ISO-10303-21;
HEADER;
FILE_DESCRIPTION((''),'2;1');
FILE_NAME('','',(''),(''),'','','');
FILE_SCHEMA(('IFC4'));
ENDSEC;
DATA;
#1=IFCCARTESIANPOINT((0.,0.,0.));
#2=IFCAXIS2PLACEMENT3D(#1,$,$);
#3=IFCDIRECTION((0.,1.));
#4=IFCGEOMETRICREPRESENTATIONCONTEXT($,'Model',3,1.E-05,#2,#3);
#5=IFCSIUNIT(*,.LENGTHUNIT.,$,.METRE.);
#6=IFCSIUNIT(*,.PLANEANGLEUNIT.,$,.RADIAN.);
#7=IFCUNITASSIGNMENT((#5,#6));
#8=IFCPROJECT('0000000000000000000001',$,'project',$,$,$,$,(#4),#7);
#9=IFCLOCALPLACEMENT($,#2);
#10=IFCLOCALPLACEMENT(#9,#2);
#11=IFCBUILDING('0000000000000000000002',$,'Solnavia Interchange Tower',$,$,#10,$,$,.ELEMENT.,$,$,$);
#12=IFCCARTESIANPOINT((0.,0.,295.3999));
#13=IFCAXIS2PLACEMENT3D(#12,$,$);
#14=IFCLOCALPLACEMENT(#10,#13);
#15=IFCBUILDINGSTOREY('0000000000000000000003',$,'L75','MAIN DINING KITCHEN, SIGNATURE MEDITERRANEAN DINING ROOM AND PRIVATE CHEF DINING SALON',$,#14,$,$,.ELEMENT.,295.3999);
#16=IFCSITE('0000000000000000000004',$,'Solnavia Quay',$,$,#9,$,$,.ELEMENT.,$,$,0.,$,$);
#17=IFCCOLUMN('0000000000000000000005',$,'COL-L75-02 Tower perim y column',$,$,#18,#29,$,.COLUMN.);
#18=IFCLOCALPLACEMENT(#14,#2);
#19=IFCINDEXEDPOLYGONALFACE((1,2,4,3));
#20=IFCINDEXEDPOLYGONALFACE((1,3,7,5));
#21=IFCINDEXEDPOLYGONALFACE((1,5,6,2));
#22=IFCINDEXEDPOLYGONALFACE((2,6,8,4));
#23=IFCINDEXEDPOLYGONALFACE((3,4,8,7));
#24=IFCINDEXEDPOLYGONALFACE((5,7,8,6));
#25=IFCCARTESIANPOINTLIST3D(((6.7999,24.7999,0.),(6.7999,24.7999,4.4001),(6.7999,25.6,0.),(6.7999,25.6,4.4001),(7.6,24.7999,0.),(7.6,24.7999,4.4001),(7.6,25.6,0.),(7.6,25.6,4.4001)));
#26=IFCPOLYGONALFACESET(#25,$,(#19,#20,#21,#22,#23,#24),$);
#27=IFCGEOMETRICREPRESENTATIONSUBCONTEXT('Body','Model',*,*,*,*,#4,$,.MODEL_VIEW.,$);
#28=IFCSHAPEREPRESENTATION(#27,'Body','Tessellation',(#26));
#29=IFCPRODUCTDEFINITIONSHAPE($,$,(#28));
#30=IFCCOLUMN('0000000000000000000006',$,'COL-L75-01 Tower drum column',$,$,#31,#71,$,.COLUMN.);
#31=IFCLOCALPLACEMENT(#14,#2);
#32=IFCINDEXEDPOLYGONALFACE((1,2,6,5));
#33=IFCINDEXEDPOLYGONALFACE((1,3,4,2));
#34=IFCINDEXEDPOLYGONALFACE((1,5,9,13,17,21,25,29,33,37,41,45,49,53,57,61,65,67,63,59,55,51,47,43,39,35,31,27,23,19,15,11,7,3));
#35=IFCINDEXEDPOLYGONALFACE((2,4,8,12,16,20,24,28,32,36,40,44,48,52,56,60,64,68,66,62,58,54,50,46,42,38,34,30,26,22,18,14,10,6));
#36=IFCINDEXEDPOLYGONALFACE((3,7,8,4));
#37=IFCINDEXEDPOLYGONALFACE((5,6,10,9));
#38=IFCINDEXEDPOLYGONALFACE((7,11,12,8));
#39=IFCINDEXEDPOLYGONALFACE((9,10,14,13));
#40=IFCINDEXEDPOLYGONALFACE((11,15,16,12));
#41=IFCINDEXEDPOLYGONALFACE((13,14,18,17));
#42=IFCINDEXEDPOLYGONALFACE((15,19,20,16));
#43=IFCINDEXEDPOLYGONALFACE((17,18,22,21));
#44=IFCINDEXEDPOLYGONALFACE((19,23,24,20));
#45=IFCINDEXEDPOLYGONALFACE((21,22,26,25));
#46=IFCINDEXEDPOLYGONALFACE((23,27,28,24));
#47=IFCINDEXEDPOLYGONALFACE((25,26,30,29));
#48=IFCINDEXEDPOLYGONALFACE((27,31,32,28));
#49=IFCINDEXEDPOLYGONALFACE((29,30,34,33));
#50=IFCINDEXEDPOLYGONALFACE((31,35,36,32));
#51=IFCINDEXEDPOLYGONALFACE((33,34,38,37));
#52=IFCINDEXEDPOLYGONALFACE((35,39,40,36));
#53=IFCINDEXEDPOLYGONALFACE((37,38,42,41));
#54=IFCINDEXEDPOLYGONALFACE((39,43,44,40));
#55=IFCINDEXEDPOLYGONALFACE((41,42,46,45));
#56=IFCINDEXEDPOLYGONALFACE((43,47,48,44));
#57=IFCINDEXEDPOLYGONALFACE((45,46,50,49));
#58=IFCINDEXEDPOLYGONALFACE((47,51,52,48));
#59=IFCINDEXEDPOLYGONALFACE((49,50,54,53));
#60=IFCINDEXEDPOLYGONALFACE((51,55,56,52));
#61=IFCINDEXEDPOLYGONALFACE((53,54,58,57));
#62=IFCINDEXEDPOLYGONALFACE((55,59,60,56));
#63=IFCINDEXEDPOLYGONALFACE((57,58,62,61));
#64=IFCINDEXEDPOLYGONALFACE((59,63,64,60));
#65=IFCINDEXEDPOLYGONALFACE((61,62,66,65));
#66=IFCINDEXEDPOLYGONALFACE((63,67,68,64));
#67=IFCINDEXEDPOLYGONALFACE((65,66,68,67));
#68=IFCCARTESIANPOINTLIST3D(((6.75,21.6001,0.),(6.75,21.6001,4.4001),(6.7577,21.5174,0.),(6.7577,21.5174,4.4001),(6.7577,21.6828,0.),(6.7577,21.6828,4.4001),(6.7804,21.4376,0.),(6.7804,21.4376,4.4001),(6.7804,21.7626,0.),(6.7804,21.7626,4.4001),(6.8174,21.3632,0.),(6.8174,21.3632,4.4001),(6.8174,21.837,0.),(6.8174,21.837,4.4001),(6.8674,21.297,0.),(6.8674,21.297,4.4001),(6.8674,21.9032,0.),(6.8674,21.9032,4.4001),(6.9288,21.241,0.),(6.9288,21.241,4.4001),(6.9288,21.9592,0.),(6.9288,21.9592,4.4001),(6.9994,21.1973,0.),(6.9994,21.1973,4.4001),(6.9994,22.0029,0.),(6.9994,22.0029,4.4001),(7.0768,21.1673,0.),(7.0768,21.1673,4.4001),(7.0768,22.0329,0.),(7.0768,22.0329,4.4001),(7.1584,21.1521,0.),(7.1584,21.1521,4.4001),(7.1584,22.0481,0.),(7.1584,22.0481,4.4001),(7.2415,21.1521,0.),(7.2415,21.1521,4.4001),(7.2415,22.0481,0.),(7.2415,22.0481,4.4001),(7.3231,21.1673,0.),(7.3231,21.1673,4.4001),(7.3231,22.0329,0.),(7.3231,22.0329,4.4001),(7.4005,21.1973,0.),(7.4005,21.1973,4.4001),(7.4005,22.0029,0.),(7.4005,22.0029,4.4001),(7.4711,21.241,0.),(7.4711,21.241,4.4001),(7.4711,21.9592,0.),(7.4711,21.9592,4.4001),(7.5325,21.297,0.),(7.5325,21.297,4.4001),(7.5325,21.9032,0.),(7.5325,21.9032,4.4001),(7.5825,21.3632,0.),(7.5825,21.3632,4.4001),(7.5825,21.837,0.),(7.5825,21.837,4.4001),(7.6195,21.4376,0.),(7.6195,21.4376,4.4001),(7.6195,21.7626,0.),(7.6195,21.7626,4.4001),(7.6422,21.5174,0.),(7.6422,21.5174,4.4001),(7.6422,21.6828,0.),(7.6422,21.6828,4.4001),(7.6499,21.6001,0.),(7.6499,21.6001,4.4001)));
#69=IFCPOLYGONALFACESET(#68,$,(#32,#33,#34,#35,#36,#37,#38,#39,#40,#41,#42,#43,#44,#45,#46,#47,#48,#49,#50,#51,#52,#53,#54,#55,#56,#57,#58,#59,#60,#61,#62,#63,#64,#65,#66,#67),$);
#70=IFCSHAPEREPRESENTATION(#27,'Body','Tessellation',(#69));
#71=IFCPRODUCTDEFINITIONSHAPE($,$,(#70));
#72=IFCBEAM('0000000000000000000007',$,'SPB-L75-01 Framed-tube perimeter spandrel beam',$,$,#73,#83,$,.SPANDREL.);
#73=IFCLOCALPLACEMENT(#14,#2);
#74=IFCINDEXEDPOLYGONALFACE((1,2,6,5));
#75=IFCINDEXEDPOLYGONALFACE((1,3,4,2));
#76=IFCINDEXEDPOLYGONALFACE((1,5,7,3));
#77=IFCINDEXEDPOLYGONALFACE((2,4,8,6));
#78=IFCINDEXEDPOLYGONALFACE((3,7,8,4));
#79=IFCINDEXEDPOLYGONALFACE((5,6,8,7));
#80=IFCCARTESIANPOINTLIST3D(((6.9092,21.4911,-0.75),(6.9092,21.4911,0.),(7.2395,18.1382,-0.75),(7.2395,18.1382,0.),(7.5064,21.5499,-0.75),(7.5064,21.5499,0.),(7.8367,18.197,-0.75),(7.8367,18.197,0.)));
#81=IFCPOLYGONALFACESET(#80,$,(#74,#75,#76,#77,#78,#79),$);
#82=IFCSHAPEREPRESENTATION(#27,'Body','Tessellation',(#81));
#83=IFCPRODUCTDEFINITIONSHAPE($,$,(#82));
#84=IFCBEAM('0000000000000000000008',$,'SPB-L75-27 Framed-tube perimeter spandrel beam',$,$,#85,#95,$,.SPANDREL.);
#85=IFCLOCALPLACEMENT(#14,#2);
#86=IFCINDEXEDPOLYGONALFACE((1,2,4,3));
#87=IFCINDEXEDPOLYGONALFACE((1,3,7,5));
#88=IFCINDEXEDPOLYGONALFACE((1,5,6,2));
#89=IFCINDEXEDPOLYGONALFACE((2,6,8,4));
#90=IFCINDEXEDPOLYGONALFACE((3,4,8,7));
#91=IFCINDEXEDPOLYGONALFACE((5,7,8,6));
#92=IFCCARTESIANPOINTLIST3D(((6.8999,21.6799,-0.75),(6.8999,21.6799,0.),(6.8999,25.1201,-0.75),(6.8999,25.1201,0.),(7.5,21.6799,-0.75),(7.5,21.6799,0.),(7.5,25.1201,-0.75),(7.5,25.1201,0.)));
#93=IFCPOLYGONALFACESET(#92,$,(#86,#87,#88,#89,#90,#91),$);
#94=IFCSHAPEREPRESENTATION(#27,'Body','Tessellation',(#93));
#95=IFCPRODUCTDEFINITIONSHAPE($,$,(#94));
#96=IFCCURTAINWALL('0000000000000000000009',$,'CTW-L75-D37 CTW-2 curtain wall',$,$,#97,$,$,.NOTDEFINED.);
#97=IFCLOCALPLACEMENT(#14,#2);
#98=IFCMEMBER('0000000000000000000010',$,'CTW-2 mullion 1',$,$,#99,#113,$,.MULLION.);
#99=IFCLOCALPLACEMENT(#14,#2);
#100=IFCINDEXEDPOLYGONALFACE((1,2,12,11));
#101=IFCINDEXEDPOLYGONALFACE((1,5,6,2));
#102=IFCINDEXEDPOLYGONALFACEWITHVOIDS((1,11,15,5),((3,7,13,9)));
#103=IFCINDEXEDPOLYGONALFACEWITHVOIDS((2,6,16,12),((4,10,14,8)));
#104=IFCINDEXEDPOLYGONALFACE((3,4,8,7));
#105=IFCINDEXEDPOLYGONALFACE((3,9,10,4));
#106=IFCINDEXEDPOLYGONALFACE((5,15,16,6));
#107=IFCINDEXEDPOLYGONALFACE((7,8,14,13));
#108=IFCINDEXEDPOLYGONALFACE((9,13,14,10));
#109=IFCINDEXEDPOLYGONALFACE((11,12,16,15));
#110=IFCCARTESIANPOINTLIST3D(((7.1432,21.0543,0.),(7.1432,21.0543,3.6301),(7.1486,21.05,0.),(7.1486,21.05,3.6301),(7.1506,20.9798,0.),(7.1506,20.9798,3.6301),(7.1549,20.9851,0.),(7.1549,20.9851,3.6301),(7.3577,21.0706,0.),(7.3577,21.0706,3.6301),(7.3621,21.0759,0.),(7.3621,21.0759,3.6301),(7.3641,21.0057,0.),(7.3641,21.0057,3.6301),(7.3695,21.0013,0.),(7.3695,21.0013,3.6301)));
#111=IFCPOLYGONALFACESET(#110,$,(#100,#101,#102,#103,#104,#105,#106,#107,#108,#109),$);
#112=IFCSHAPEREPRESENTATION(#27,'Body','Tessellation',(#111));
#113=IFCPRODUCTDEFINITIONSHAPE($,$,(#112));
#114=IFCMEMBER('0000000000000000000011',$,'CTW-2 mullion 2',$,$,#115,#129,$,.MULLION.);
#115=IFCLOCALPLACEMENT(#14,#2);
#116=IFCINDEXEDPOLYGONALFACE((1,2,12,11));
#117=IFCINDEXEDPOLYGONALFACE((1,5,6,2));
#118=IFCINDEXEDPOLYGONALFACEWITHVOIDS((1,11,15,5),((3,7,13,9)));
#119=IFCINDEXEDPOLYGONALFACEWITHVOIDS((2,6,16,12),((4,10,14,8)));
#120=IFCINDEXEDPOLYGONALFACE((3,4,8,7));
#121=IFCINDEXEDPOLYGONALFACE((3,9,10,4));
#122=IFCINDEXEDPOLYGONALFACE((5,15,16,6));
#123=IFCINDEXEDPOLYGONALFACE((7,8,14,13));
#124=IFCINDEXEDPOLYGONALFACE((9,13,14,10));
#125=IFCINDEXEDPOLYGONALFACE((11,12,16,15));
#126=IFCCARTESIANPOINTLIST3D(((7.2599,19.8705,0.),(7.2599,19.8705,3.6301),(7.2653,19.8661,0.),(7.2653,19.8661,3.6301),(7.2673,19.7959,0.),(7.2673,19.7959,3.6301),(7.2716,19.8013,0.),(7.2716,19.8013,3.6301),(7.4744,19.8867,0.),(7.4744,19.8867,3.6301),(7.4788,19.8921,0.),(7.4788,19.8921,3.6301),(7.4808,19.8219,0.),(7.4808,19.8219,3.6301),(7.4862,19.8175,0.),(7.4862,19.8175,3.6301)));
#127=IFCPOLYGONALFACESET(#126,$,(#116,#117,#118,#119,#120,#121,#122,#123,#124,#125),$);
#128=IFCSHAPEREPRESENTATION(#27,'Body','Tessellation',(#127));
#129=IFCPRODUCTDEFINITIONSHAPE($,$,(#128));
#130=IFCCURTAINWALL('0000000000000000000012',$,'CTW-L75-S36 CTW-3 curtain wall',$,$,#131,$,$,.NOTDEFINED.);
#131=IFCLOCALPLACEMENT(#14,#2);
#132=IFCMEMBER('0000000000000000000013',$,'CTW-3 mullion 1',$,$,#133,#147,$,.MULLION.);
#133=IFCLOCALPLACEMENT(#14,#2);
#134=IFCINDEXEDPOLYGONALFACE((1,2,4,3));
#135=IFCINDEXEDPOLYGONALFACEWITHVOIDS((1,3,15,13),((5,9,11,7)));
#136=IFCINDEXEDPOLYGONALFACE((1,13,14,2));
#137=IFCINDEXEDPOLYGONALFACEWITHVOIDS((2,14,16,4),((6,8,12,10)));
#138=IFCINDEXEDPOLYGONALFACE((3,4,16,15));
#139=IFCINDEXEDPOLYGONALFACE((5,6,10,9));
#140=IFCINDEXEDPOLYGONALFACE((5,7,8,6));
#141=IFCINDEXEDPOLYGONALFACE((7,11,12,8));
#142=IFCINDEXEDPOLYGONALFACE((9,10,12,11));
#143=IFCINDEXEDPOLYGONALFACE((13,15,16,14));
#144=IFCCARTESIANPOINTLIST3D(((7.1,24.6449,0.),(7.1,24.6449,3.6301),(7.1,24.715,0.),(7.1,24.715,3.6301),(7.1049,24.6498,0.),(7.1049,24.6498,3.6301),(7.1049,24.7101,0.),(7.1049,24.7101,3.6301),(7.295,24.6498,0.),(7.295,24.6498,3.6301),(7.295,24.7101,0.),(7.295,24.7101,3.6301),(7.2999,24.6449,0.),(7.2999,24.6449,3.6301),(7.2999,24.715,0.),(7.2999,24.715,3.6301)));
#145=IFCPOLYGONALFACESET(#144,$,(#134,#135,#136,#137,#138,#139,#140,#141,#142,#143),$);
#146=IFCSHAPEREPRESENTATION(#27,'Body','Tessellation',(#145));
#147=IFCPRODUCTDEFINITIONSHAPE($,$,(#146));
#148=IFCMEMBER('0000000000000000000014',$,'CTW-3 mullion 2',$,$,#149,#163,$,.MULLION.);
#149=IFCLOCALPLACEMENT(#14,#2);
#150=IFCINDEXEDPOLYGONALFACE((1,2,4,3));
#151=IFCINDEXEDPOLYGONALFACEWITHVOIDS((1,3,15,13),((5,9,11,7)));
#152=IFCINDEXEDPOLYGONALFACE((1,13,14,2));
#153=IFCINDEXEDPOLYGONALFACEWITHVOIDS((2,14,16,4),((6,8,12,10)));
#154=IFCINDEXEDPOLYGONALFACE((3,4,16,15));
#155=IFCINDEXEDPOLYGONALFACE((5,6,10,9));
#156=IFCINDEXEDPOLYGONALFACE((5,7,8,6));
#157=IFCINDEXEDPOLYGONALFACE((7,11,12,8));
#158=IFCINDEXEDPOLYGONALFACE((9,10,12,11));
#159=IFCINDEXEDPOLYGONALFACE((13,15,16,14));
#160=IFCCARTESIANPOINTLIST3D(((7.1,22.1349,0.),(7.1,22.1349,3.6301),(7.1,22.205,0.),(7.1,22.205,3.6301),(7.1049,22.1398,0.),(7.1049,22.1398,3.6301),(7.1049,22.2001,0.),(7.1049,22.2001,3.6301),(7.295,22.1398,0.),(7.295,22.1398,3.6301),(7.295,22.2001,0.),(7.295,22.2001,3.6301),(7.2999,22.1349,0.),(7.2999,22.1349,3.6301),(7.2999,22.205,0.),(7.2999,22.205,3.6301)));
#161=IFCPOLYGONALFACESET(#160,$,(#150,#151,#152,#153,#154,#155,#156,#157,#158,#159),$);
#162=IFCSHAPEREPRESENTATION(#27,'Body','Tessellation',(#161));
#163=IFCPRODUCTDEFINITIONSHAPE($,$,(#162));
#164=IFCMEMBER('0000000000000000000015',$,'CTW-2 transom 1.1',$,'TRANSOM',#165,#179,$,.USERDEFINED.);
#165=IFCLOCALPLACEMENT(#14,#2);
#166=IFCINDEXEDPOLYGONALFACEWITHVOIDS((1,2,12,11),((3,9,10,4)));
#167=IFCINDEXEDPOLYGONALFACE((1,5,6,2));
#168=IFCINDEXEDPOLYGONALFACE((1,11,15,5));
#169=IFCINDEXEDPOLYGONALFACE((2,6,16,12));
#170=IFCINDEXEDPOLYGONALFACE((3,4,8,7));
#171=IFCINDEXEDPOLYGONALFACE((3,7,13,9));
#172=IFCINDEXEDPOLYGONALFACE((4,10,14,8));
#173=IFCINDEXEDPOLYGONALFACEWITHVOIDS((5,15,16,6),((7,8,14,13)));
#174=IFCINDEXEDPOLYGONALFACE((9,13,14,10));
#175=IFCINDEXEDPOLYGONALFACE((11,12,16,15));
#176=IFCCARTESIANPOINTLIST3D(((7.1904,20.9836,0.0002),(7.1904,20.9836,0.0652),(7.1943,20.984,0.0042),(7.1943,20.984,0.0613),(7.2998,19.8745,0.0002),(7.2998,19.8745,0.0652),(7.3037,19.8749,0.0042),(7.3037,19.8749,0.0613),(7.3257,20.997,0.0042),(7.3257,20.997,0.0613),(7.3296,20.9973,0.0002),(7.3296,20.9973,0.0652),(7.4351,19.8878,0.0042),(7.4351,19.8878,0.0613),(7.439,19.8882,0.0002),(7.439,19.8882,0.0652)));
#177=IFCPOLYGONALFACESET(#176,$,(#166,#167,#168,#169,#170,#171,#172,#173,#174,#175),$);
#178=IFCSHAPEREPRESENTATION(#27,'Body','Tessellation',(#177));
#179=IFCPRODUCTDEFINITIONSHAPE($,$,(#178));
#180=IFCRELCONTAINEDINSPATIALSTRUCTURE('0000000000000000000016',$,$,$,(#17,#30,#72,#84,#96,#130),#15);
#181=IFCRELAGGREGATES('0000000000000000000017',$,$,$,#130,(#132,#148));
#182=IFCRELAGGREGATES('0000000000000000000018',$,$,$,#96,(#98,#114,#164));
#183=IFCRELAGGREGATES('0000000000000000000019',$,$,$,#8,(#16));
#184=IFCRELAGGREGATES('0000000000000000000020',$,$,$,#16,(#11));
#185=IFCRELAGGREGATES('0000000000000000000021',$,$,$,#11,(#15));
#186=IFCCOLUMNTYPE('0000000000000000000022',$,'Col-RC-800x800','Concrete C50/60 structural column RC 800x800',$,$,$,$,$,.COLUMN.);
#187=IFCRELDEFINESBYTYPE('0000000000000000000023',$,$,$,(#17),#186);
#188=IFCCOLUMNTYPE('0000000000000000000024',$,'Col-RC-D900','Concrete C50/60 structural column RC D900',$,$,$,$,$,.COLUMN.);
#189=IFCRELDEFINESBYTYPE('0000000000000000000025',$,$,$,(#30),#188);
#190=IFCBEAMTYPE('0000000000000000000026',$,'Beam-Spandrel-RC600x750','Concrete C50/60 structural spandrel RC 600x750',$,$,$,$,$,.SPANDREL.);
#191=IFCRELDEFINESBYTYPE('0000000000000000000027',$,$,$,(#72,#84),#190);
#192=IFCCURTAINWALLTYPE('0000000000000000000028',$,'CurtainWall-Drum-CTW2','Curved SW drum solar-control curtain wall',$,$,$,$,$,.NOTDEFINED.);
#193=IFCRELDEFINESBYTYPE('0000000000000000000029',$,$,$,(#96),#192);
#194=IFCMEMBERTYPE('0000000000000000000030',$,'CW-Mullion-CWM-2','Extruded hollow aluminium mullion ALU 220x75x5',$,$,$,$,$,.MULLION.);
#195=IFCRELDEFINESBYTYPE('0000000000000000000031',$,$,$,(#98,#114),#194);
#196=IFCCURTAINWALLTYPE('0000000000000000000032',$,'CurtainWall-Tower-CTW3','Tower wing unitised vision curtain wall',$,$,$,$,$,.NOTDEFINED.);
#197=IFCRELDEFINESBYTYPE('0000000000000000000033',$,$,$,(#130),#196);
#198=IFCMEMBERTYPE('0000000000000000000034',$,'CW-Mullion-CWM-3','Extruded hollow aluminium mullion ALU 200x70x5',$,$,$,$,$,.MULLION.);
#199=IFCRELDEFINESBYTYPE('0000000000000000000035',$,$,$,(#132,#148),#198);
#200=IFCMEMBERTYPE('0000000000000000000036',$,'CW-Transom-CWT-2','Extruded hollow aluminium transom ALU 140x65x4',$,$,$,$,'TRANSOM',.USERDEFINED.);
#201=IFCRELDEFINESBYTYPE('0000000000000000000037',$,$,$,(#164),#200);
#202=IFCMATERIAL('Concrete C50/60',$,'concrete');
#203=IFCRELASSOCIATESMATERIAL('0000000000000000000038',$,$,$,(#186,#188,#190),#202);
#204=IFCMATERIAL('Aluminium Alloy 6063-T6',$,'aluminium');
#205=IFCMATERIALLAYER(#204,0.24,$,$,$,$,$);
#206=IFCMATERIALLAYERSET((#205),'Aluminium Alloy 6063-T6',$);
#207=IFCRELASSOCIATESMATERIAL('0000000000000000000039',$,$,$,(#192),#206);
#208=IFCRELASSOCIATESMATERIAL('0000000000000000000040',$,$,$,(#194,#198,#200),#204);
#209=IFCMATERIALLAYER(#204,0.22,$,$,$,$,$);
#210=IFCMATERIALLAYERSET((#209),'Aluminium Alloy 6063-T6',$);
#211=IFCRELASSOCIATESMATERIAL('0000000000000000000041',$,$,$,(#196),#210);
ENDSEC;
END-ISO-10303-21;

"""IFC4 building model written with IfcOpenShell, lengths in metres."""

from ifc_helpers import new_model, si_unit, direction, frame, origin, origin_2d, place, context, subcontext, project, spatial, rectangle, hollow_rectangle, circle, extrude, material, layer, layer_set, material_profile, profile_set, type_object, element, aggregate, save


model = new_model("IFC4")

# Units and contexts
model_context = context("Model", 3, precision=1e-05, world=origin(), true_north=direction((0.0, 1.0)))
body_context = subcontext(model_context, "Body", "Model", "MODEL_VIEW")
ifc_project = project(units=[si_unit("LENGTHUNIT", "METRE"), si_unit("PLANEANGLEUNIT", "RADIAN")], contexts=[model_context])

# Site, building, storey
site_placement = place(None, origin())
site = spatial("IfcSite", under=ifc_project, at=site_placement, Name="Solnavia Quay", CompositionType="ELEMENT", RefElevation=0.0)
building_placement = place(site_placement, origin())
building = spatial("IfcBuilding", under=site, at=building_placement, Name="Solnavia Interchange Tower", CompositionType="ELEMENT")
storey_placement = place(building_placement, frame((0.0, 0.0, 295.3999)))
storey = spatial("IfcBuildingStorey", under=building, at=storey_placement, Name="L75", Description="MAIN DINING KITCHEN, SIGNATURE MEDITERRANEAN DINING ROOM AND PRIVATE CHEF DINING SALON", CompositionType="ELEMENT", Elevation=295.3999)

# Columns
ifc_material_1 = material(Name="Concrete C50/60", Category="concrete")
ifc_material_profile_1 = material_profile(ifc_material_1, rectangle(XDim=0.8, YDim=0.8, at=origin_2d()), Name="RC 800x800")
ifc_profile_set_1 = profile_set([ifc_material_profile_1], Name="Concrete C50/60")
column_type_1 = type_object("IfcColumnType", Name="Col-RC-800x800", Description="Concrete C50/60 structural column RC 800x800", PredefinedType="COLUMN", material=ifc_profile_set_1)
column_1_placement = place(storey_placement, frame((7.2, 25.2, 0.0), z_axis=(0.0, 0.0, 1.0), x_axis=(0.0, 1.0, 0.0)))
element("IfcColumn", 1, at=column_1_placement, inside=storey, type_object=column_type_1, Name="COL-L75-02 Tower perim y column", PredefinedType="COLUMN", context=body_context, shape_type="SweptSolid", body=[
    extrude(rectangle(XDim=0.8, YDim=0.8, at=origin_2d()), origin(), (0.0, 0.0, 1.0), 4.4001),
])
ifc_material_profile_2 = material_profile(ifc_material_1, circle(Radius=0.45, at=origin_2d()), Name="RC D900")
ifc_profile_set_2 = profile_set([ifc_material_profile_2], Name="Concrete C50/60")
column_type_2 = type_object("IfcColumnType", Name="Col-RC-D900", Description="Concrete C50/60 structural column RC D900", PredefinedType="COLUMN", material=ifc_profile_set_2)
column_2_placement = place(storey_placement, frame((7.2, 21.6001, 0.0), z_axis=(0.0, 0.0, 1.0), x_axis=(1.0, 0.0, 0.0)))
element("IfcColumn", 2, at=column_2_placement, inside=storey, type_object=column_type_2, Name="COL-L75-01 Tower drum column", PredefinedType="COLUMN", context=body_context, shape_type="SweptSolid", body=[
    extrude(circle(Radius=0.45, at=origin_2d()), origin(), (0.0, 0.0, 1.0), 4.4001),
])

# Beams
ifc_material_profile_3 = material_profile(ifc_material_1, rectangle(XDim=0.6001, YDim=0.75, at=origin_2d()), Name="RC 600x750")
ifc_profile_set_3 = profile_set([ifc_material_profile_3], Name="Concrete C50/60")
beam_type = type_object("IfcBeamType", Name="Beam-Spandrel-RC600x750", Description="Concrete C50/60 structural spandrel RC 600x750", PredefinedType="SPANDREL", material=ifc_profile_set_3)
beam_1_placement = place(storey_placement, frame((7.2078, 21.5205, -0.375), z_axis=(0.09804, -0.995182, 0.0), x_axis=(0.995182, 0.09804, 0.0)))
element("IfcBeam", 3, at=beam_1_placement, inside=storey, type_object=beam_type, Name="SPB-L75-01 Framed-tube perimeter spandrel beam", PredefinedType="SPANDREL", context=body_context, shape_type="SweptSolid", body=[
    extrude(rectangle(XDim=0.6001, YDim=0.75, at=origin_2d()), origin(), (0.0, 0.0, 1.0), 3.3691),
])
beam_2_placement = place(storey_placement, frame((7.2, 25.1201, -0.375), z_axis=(0.0, -1.0, 0.0), x_axis=(1.0, 0.0, 0.0)))
element("IfcBeam", 4, at=beam_2_placement, inside=storey, type_object=beam_type, Name="SPB-L75-27 Framed-tube perimeter spandrel beam", PredefinedType="SPANDREL", context=body_context, shape_type="SweptSolid", body=[
    extrude(rectangle(XDim=0.6001, YDim=0.75, at=origin_2d()), origin(), (0.0, 0.0, 1.0), 3.4402),
])

# Curtain walls, members
ifc_material_2 = material(Name="Aluminium Alloy 6063-T6", Category="aluminium")
ifc_layer_1 = layer(ifc_material_2, 0.24)
ifc_layer_set_1 = layer_set([ifc_layer_1], Name="Aluminium Alloy 6063-T6")
curtain_wall_type_1 = type_object("IfcCurtainWallType", Name="CurtainWall-Drum-CTW2", Description="Curved SW drum solar-control curtain wall", PredefinedType="NOTDEFINED", material=ifc_layer_set_1)
curtain_wall_1_placement = place(storey_placement, origin())
curtain_wall_1 = element("IfcCurtainWall", 5, at=curtain_wall_1_placement, inside=storey, type_object=curtain_wall_type_1, Name="CTW-L75-D37 CTW-2 curtain wall", PredefinedType="NOTDEFINED")
ifc_material_profile_4 = material_profile(ifc_material_2, hollow_rectangle(XDim=0.075, YDim=0.22, WallThickness=0.0049, at=origin_2d()), Name="ALU 220x75x5")
ifc_profile_set_4 = profile_set([ifc_material_profile_4], Name="Aluminium Alloy 6063-T6")
member_type_1 = type_object("IfcMemberType", Name="CW-Mullion-CWM-2", Description="Extruded hollow aluminium mullion ALU 220x75x5", PredefinedType="MULLION", material=ifc_profile_set_4)
member_1_placement = place(storey_placement, frame((7.2563, 21.0278, 0.0), z_axis=(0.0, 0.0, 1.0), x_axis=(0.098043, -0.995182, 0.0)))
member_1 = element("IfcMember", 6, at=member_1_placement, type_object=member_type_1, Name="CTW-2 mullion 1", PredefinedType="MULLION", context=body_context, shape_type="SweptSolid", body=[
    extrude(hollow_rectangle(XDim=0.075, YDim=0.22, WallThickness=0.0049, at=origin_2d()), origin(), (0.0, 0.0, 1.0), 3.6301),
])
member_2_placement = place(storey_placement, frame((7.373, 19.844, 0.0), z_axis=(0.0, 0.0, 1.0), x_axis=(0.098043, -0.995182, 0.0)))
member_2 = element("IfcMember", 7, at=member_2_placement, type_object=member_type_1, Name="CTW-2 mullion 2", PredefinedType="MULLION", context=body_context, shape_type="SweptSolid", body=[
    extrude(hollow_rectangle(XDim=0.075, YDim=0.22, WallThickness=0.0049, at=origin_2d()), origin(), (0.0, 0.0, 1.0), 3.6301),
])
ifc_layer_2 = layer(ifc_material_2, 0.22)
ifc_layer_set_2 = layer_set([ifc_layer_2], Name="Aluminium Alloy 6063-T6")
curtain_wall_type_2 = type_object("IfcCurtainWallType", Name="CurtainWall-Tower-CTW3", Description="Tower wing unitised vision curtain wall", PredefinedType="NOTDEFINED", material=ifc_layer_set_2)
curtain_wall_2_placement = place(storey_placement, origin())
curtain_wall_2 = element("IfcCurtainWall", 8, at=curtain_wall_2_placement, inside=storey, type_object=curtain_wall_type_2, Name="CTW-L75-S36 CTW-3 curtain wall", PredefinedType="NOTDEFINED")
ifc_material_profile_5 = material_profile(ifc_material_2, hollow_rectangle(XDim=0.0701, YDim=0.2, WallThickness=0.0049, at=origin_2d()), Name="ALU 200x70x5")
ifc_profile_set_5 = profile_set([ifc_material_profile_5], Name="Aluminium Alloy 6063-T6")
member_type_2 = type_object("IfcMemberType", Name="CW-Mullion-CWM-3", Description="Extruded hollow aluminium mullion ALU 200x70x5", PredefinedType="MULLION", material=ifc_profile_set_5)
member_3_placement = place(storey_placement, frame((7.2, 24.6799, 0.0), z_axis=(0.0, 0.0, 1.0), x_axis=(0.0, -1.0, 0.0)))
member_3 = element("IfcMember", 9, at=member_3_placement, type_object=member_type_2, Name="CTW-3 mullion 1", PredefinedType="MULLION", context=body_context, shape_type="SweptSolid", body=[
    extrude(hollow_rectangle(XDim=0.0701, YDim=0.2, WallThickness=0.0049, at=origin_2d()), origin(), (0.0, 0.0, 1.0), 3.6301),
])
member_4_placement = place(storey_placement, frame((7.2, 22.1699, 0.0), z_axis=(0.0, 0.0, 1.0), x_axis=(0.0, -1.0, 0.0)))
member_4 = element("IfcMember", 10, at=member_4_placement, type_object=member_type_2, Name="CTW-3 mullion 2", PredefinedType="MULLION", context=body_context, shape_type="SweptSolid", body=[
    extrude(hollow_rectangle(XDim=0.0701, YDim=0.2, WallThickness=0.0049, at=origin_2d()), origin(), (0.0, 0.0, 1.0), 3.6301),
])

# Member
ifc_material_profile_6 = material_profile(ifc_material_2, hollow_rectangle(XDim=0.0649, YDim=0.1399, WallThickness=0.0039, at=origin_2d()), Name="ALU 140x65x4")
ifc_profile_set_6 = profile_set([ifc_material_profile_6], Name="Aluminium Alloy 6063-T6")
member_type_3 = type_object("IfcMemberType", Name="CW-Transom-CWT-2", Description="Extruded hollow aluminium transom ALU 140x65x4", ElementType="TRANSOM", PredefinedType="USERDEFINED", material=ifc_profile_set_6)
member_5_placement = place(storey_placement, frame((7.26, 20.9905, 0.0327), z_axis=(0.098137, -0.995173, 0.0), x_axis=(0.0, 0.0, 1.0)))
member_5 = element("IfcMember", 11, at=member_5_placement, type_object=member_type_3, Name="CTW-2 transom 1.1", ObjectType="TRANSOM", PredefinedType="USERDEFINED", context=body_context, shape_type="SweptSolid", body=[
    extrude(hollow_rectangle(XDim=0.0649, YDim=0.1399, WallThickness=0.0039, at=origin_2d()), origin(), (0.0, 0.0, 1.0), 1.1145),
])

aggregate(curtain_wall_2, [member_3, member_4])
aggregate(curtain_wall_1, [member_1, member_2, member_5])

save(model, "model.ifc")
